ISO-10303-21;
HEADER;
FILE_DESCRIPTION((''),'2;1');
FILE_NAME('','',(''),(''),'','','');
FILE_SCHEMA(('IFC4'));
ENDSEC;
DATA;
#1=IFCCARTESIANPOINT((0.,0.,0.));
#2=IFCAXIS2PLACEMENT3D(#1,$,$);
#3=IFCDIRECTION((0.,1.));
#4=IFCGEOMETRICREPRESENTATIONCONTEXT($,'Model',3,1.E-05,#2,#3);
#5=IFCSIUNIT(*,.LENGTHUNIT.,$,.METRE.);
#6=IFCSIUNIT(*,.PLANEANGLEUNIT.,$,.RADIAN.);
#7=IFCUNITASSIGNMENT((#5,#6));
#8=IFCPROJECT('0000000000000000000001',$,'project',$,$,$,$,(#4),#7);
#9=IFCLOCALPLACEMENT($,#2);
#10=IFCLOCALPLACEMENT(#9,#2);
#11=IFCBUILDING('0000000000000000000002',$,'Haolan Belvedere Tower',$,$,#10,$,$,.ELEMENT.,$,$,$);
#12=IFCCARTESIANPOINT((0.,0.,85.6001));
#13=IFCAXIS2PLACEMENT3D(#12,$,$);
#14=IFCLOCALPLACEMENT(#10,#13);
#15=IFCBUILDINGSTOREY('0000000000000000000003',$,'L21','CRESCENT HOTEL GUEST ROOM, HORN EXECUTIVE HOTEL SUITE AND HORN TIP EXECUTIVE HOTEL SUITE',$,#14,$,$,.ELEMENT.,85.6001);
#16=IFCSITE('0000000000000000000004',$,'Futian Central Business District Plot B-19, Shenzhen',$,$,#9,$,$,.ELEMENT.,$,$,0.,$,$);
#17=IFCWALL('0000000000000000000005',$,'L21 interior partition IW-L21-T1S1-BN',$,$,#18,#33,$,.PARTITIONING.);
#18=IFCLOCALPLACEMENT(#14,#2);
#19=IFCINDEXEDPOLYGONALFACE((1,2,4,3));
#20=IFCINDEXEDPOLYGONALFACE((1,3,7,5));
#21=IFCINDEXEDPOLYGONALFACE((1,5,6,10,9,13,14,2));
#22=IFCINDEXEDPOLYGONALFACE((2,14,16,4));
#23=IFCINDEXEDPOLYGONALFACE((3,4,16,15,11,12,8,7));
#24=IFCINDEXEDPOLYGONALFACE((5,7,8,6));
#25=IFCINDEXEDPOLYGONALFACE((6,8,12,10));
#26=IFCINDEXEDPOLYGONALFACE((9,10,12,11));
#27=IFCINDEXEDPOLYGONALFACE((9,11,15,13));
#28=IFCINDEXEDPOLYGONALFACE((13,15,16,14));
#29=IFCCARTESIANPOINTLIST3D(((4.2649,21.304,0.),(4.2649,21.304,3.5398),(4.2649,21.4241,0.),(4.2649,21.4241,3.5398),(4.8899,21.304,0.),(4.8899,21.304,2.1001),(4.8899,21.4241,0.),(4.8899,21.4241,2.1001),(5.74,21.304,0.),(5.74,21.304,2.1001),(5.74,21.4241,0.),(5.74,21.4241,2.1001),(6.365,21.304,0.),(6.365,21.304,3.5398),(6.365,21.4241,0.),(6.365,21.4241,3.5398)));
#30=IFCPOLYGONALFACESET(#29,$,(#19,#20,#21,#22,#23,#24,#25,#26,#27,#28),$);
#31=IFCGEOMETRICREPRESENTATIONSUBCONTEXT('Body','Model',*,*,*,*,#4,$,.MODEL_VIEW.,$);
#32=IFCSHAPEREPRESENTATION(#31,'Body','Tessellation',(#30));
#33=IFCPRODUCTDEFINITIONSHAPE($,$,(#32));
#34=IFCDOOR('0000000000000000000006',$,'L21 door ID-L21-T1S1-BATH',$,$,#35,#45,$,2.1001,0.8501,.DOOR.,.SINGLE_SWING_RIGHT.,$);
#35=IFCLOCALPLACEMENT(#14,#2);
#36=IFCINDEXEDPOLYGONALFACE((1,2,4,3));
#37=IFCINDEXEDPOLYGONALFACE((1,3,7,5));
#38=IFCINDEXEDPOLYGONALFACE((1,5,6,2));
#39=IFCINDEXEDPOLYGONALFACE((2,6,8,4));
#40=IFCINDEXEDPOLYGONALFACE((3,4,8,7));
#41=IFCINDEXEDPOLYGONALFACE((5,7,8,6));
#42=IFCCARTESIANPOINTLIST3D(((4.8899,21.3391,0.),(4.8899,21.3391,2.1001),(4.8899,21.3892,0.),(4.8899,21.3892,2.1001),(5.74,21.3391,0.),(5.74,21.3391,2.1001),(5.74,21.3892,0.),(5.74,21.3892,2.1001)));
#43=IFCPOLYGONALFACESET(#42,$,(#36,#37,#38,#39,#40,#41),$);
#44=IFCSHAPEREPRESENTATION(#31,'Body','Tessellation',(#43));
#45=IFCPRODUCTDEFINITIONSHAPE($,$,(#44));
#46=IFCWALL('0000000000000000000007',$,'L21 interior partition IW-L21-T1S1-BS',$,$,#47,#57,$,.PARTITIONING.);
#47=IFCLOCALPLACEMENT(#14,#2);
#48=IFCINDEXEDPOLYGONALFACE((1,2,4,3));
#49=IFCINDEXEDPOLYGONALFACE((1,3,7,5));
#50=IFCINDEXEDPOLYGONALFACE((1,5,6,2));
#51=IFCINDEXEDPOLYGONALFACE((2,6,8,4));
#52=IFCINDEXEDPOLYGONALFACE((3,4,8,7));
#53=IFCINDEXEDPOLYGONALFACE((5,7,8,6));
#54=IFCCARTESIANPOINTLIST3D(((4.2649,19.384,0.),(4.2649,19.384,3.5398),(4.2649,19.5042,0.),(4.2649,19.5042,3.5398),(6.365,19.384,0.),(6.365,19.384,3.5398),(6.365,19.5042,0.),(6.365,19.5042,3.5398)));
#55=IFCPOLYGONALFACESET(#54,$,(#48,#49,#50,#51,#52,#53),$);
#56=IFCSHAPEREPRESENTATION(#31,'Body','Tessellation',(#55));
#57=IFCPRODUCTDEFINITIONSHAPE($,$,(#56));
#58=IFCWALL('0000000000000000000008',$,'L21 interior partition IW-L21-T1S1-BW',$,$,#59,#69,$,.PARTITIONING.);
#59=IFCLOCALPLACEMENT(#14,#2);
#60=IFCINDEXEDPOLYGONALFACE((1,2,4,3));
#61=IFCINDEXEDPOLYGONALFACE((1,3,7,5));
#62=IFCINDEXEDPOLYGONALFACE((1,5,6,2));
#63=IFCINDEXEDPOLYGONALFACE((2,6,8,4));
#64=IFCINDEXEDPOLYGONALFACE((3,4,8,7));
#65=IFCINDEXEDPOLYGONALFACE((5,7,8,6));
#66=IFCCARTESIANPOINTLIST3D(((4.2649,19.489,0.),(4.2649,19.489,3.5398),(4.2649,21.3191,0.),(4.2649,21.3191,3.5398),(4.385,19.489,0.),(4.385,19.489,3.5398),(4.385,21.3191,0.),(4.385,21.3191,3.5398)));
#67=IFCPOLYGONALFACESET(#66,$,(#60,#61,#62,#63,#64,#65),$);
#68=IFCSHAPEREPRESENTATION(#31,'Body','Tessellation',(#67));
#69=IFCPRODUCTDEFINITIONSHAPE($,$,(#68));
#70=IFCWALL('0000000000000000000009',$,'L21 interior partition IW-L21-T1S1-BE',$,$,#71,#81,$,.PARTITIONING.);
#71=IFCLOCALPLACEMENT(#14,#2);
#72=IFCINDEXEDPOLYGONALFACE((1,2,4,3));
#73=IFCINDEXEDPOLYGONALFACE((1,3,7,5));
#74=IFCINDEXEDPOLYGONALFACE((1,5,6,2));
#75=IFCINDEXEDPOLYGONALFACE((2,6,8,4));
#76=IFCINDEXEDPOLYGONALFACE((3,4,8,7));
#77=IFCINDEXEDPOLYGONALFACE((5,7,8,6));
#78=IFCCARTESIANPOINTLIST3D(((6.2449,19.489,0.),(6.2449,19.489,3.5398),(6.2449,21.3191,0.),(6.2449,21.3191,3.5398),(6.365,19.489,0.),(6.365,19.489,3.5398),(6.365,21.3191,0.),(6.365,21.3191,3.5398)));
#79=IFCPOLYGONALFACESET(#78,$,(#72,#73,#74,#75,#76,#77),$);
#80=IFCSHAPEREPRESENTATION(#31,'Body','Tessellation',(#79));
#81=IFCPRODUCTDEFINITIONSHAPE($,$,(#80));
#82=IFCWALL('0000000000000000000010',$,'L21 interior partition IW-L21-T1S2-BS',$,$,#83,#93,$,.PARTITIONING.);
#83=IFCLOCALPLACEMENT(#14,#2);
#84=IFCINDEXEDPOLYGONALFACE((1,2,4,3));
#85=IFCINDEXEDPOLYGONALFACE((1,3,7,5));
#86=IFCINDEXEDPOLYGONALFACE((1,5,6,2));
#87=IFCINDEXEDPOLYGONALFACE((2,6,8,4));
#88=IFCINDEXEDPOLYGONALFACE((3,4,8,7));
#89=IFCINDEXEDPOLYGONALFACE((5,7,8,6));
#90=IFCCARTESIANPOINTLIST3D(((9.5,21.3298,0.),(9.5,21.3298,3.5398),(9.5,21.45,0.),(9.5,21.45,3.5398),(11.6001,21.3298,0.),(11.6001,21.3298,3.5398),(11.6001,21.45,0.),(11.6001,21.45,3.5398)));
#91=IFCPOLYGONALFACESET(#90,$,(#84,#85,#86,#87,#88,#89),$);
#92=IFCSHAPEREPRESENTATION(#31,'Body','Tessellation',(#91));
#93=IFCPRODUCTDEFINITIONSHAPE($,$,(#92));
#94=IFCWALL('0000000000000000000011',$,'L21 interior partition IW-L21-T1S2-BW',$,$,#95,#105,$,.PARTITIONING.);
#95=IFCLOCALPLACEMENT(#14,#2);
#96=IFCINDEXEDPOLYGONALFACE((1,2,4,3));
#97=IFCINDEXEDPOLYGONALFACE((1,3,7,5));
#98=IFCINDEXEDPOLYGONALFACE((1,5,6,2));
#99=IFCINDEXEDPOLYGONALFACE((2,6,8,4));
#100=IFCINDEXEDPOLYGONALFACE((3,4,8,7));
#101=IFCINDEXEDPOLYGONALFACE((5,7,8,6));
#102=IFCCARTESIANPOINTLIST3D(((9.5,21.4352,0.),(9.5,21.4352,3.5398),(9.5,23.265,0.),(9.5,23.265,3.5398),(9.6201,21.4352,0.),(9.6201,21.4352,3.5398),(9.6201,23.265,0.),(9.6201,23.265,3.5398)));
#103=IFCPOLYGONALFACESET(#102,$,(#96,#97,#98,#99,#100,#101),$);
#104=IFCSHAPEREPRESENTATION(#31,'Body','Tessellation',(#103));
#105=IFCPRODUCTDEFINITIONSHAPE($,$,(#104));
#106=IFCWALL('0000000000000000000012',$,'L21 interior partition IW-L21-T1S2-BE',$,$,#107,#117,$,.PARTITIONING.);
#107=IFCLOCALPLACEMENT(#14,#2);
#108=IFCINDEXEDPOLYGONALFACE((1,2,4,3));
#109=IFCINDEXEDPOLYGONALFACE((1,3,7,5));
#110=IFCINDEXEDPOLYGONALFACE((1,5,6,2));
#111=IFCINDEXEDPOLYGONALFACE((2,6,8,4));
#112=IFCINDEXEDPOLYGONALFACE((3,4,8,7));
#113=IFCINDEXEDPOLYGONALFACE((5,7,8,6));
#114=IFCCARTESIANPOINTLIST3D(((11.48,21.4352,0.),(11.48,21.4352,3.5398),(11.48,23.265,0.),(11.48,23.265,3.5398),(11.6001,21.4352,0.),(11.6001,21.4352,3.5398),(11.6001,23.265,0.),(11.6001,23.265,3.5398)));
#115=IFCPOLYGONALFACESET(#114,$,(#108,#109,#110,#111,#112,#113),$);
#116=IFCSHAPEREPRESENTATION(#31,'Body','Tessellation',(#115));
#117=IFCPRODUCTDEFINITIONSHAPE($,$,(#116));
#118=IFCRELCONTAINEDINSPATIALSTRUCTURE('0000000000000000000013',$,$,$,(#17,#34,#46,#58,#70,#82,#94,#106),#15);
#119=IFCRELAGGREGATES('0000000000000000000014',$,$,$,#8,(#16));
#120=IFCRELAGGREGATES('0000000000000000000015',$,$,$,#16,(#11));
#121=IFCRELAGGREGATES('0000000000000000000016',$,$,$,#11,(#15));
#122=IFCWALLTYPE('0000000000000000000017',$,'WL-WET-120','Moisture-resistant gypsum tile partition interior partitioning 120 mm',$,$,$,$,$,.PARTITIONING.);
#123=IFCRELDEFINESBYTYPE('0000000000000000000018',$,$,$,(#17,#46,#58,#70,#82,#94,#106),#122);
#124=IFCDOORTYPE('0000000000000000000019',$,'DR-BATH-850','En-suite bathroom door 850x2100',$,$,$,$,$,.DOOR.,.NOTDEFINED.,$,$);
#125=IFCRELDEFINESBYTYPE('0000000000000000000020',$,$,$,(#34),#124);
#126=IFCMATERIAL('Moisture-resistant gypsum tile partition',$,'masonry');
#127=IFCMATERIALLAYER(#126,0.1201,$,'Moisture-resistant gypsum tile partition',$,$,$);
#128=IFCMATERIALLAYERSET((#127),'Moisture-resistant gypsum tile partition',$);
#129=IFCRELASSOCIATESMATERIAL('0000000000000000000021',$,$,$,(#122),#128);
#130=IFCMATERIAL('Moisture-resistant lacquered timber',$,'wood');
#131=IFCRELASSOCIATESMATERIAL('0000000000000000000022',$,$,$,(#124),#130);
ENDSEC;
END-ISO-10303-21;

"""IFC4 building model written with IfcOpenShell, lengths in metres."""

from ifc_helpers import new_model, si_unit, direction, frame, frame_2d, origin, place, context, subcontext, project, spatial, rectangle, extrude, material, layer, layer_set, type_object, element, fill, save


model = new_model("IFC4")

# Units and contexts
model_context = context("Model", 3, precision=1e-05, world=origin(), true_north=direction((0.0, 1.0)))
body_context = subcontext(model_context, "Body", "Model", "MODEL_VIEW")
ifc_project = project(units=[si_unit("LENGTHUNIT", "METRE"), si_unit("PLANEANGLEUNIT", "RADIAN")], contexts=[model_context])

# Site, building, storey
site_placement = place(None, origin())
site = spatial("IfcSite", under=ifc_project, at=site_placement, Name="Futian Central Business District Plot B-19, Shenzhen", CompositionType="ELEMENT", RefElevation=0.0)
building_placement = place(site_placement, origin())
building = spatial("IfcBuilding", under=site, at=building_placement, Name="Haolan Belvedere Tower", CompositionType="ELEMENT")
storey_placement = place(building_placement, frame((0.0, 0.0, 85.6001)))
storey = spatial("IfcBuildingStorey", under=building, at=storey_placement, Name="L21", Description="CRESCENT HOTEL GUEST ROOM, HORN EXECUTIVE HOTEL SUITE AND HORN TIP EXECUTIVE HOTEL SUITE", CompositionType="ELEMENT", Elevation=85.6001)

# Shared definitions
ifc_material_1 = material(Name="Moisture-resistant gypsum tile partition", Category="masonry")
ifc_layer = layer(ifc_material_1, 0.1201, Name="Moisture-resistant gypsum tile partition")
ifc_layer_set = layer_set([ifc_layer], Name="Moisture-resistant gypsum tile partition")
wall_type = type_object("IfcWallType", Name="WL-WET-120", Description="Moisture-resistant gypsum tile partition interior partitioning 120 mm", PredefinedType="PARTITIONING", material=ifc_layer_set)

# Wall, opening, door
wall_1_placement = place(storey_placement, frame((4.2649, 21.364, 0.0), z_axis=(0.0, 0.0, 1.0), x_axis=(1.0, 0.0, 0.0)))
wall_1 = element("IfcWall", 1, at=wall_1_placement, inside=storey, type_object=wall_type, Name="L21 interior partition IW-L21-T1S1-BN", PredefinedType="PARTITIONING", context=body_context, shape_type="SweptSolid", body=[
    extrude(rectangle(XDim=2.1001, YDim=0.1201, at=frame_2d((1.05, 0.0))), origin(), (0.0, 0.0, 1.0), 3.5398),
])
opening_placement = place(wall_1_placement, frame((1.4751, 0.0, 0.0), z_axis=(0.0, 0.0, 1.0), x_axis=(-1.0, 0.0, 0.0)))
opening = element("IfcOpeningElement", 2, at=opening_placement, cuts=wall_1, PredefinedType="OPENING", context=body_context, shape_type="SweptSolid", body=[
    extrude(rectangle(XDim=0.8501, YDim=2.1001, at=frame_2d((0.425, 1.05))), frame((0.0, 0.0701, 0.0), z_axis=(0.0, -1.0, 0.0), x_axis=(1.0, 0.0, 0.0)), (0.0, 0.0, 1.0), 0.1401),
])
ifc_material_2 = material(Name="Moisture-resistant lacquered timber", Category="wood")
door_type = type_object("IfcDoorType", Name="DR-BATH-850", Description="En-suite bathroom door 850x2100", OperationType="NOTDEFINED", PredefinedType="DOOR", material=ifc_material_2)
door_placement = place(opening_placement, origin())
door = element("IfcDoor", 3, at=door_placement, inside=storey, type_object=door_type, Name="L21 door ID-L21-T1S1-BATH", OperationType="SINGLE_SWING_RIGHT", OverallHeight=2.1001, OverallWidth=0.8501, PredefinedType="DOOR", context=body_context, shape_type="SweptSolid", body=[
    extrude(rectangle(XDim=0.8501, YDim=2.1001, at=frame_2d((0.425, 1.05))), frame((0.0, 0.0249, 0.0), z_axis=(0.0, -1.0, 0.0), x_axis=(1.0, 0.0, 0.0)), (0.0, 0.0, 1.0), 0.05),
])
fill(opening, door)

# Walls
wall_2_placement = place(storey_placement, frame((4.2649, 19.4441, 0.0), z_axis=(0.0, 0.0, 1.0), x_axis=(1.0, 0.0, 0.0)))
element("IfcWall", 4, at=wall_2_placement, inside=storey, type_object=wall_type, Name="L21 interior partition IW-L21-T1S1-BS", PredefinedType="PARTITIONING", context=body_context, shape_type="SweptSolid", body=[
    extrude(rectangle(XDim=2.1001, YDim=0.1201, at=frame_2d((1.05, 0.0))), origin(), (0.0, 0.0, 1.0), 3.5398),
])
for number, where, z_axis, x_axis, name in (
    (5, (4.325, 19.489, 0.0), (0.0, 0.0, 1.0), (0.0, 1.0, 0.0), "L21 interior partition IW-L21-T1S1-BW"),
    (6, (6.3049, 19.489, 0.0), (0.0, 0.0, 1.0), (0.0, 1.0, 0.0), "L21 interior partition IW-L21-T1S1-BE"),
):
    element("IfcWall", number, at=place(storey_placement, frame(where, z_axis=z_axis, x_axis=x_axis)), inside=storey, type_object=wall_type, Name=name, PredefinedType="PARTITIONING", context=body_context, shape_type="SweptSolid", body=[
        extrude(rectangle(XDim=1.8301, YDim=0.1201, at=frame_2d((0.915, 0.0))), origin(), (0.0, 0.0, 1.0), 3.5398),
    ])
wall_3_placement = place(storey_placement, frame((9.5, 21.3899, 0.0), z_axis=(0.0, 0.0, 1.0), x_axis=(1.0, 0.0, 0.0)))
element("IfcWall", 7, at=wall_3_placement, inside=storey, type_object=wall_type, Name="L21 interior partition IW-L21-T1S2-BS", PredefinedType="PARTITIONING", context=body_context, shape_type="SweptSolid", body=[
    extrude(rectangle(XDim=2.1001, YDim=0.1201, at=frame_2d((1.05, 0.0))), origin(), (0.0, 0.0, 1.0), 3.5398),
])
for number, where, z_axis, x_axis, name in (
    (8, (9.5601, 21.4351, 0.0), (0.0, 0.0, 1.0), (0.0, 1.0, 0.0), "L21 interior partition IW-L21-T1S2-BW"),
    (9, (11.54, 21.4351, 0.0), (0.0, 0.0, 1.0), (0.0, 1.0, 0.0), "L21 interior partition IW-L21-T1S2-BE"),
):
    element("IfcWall", number, at=place(storey_placement, frame(where, z_axis=z_axis, x_axis=x_axis)), inside=storey, type_object=wall_type, Name=name, PredefinedType="PARTITIONING", context=body_context, shape_type="SweptSolid", body=[
        extrude(rectangle(XDim=1.8298, YDim=0.1201, at=frame_2d((0.915, 0.0))), origin(), (0.0, 0.0, 1.0), 3.5398),
    ])

save(model, "model.ifc")
